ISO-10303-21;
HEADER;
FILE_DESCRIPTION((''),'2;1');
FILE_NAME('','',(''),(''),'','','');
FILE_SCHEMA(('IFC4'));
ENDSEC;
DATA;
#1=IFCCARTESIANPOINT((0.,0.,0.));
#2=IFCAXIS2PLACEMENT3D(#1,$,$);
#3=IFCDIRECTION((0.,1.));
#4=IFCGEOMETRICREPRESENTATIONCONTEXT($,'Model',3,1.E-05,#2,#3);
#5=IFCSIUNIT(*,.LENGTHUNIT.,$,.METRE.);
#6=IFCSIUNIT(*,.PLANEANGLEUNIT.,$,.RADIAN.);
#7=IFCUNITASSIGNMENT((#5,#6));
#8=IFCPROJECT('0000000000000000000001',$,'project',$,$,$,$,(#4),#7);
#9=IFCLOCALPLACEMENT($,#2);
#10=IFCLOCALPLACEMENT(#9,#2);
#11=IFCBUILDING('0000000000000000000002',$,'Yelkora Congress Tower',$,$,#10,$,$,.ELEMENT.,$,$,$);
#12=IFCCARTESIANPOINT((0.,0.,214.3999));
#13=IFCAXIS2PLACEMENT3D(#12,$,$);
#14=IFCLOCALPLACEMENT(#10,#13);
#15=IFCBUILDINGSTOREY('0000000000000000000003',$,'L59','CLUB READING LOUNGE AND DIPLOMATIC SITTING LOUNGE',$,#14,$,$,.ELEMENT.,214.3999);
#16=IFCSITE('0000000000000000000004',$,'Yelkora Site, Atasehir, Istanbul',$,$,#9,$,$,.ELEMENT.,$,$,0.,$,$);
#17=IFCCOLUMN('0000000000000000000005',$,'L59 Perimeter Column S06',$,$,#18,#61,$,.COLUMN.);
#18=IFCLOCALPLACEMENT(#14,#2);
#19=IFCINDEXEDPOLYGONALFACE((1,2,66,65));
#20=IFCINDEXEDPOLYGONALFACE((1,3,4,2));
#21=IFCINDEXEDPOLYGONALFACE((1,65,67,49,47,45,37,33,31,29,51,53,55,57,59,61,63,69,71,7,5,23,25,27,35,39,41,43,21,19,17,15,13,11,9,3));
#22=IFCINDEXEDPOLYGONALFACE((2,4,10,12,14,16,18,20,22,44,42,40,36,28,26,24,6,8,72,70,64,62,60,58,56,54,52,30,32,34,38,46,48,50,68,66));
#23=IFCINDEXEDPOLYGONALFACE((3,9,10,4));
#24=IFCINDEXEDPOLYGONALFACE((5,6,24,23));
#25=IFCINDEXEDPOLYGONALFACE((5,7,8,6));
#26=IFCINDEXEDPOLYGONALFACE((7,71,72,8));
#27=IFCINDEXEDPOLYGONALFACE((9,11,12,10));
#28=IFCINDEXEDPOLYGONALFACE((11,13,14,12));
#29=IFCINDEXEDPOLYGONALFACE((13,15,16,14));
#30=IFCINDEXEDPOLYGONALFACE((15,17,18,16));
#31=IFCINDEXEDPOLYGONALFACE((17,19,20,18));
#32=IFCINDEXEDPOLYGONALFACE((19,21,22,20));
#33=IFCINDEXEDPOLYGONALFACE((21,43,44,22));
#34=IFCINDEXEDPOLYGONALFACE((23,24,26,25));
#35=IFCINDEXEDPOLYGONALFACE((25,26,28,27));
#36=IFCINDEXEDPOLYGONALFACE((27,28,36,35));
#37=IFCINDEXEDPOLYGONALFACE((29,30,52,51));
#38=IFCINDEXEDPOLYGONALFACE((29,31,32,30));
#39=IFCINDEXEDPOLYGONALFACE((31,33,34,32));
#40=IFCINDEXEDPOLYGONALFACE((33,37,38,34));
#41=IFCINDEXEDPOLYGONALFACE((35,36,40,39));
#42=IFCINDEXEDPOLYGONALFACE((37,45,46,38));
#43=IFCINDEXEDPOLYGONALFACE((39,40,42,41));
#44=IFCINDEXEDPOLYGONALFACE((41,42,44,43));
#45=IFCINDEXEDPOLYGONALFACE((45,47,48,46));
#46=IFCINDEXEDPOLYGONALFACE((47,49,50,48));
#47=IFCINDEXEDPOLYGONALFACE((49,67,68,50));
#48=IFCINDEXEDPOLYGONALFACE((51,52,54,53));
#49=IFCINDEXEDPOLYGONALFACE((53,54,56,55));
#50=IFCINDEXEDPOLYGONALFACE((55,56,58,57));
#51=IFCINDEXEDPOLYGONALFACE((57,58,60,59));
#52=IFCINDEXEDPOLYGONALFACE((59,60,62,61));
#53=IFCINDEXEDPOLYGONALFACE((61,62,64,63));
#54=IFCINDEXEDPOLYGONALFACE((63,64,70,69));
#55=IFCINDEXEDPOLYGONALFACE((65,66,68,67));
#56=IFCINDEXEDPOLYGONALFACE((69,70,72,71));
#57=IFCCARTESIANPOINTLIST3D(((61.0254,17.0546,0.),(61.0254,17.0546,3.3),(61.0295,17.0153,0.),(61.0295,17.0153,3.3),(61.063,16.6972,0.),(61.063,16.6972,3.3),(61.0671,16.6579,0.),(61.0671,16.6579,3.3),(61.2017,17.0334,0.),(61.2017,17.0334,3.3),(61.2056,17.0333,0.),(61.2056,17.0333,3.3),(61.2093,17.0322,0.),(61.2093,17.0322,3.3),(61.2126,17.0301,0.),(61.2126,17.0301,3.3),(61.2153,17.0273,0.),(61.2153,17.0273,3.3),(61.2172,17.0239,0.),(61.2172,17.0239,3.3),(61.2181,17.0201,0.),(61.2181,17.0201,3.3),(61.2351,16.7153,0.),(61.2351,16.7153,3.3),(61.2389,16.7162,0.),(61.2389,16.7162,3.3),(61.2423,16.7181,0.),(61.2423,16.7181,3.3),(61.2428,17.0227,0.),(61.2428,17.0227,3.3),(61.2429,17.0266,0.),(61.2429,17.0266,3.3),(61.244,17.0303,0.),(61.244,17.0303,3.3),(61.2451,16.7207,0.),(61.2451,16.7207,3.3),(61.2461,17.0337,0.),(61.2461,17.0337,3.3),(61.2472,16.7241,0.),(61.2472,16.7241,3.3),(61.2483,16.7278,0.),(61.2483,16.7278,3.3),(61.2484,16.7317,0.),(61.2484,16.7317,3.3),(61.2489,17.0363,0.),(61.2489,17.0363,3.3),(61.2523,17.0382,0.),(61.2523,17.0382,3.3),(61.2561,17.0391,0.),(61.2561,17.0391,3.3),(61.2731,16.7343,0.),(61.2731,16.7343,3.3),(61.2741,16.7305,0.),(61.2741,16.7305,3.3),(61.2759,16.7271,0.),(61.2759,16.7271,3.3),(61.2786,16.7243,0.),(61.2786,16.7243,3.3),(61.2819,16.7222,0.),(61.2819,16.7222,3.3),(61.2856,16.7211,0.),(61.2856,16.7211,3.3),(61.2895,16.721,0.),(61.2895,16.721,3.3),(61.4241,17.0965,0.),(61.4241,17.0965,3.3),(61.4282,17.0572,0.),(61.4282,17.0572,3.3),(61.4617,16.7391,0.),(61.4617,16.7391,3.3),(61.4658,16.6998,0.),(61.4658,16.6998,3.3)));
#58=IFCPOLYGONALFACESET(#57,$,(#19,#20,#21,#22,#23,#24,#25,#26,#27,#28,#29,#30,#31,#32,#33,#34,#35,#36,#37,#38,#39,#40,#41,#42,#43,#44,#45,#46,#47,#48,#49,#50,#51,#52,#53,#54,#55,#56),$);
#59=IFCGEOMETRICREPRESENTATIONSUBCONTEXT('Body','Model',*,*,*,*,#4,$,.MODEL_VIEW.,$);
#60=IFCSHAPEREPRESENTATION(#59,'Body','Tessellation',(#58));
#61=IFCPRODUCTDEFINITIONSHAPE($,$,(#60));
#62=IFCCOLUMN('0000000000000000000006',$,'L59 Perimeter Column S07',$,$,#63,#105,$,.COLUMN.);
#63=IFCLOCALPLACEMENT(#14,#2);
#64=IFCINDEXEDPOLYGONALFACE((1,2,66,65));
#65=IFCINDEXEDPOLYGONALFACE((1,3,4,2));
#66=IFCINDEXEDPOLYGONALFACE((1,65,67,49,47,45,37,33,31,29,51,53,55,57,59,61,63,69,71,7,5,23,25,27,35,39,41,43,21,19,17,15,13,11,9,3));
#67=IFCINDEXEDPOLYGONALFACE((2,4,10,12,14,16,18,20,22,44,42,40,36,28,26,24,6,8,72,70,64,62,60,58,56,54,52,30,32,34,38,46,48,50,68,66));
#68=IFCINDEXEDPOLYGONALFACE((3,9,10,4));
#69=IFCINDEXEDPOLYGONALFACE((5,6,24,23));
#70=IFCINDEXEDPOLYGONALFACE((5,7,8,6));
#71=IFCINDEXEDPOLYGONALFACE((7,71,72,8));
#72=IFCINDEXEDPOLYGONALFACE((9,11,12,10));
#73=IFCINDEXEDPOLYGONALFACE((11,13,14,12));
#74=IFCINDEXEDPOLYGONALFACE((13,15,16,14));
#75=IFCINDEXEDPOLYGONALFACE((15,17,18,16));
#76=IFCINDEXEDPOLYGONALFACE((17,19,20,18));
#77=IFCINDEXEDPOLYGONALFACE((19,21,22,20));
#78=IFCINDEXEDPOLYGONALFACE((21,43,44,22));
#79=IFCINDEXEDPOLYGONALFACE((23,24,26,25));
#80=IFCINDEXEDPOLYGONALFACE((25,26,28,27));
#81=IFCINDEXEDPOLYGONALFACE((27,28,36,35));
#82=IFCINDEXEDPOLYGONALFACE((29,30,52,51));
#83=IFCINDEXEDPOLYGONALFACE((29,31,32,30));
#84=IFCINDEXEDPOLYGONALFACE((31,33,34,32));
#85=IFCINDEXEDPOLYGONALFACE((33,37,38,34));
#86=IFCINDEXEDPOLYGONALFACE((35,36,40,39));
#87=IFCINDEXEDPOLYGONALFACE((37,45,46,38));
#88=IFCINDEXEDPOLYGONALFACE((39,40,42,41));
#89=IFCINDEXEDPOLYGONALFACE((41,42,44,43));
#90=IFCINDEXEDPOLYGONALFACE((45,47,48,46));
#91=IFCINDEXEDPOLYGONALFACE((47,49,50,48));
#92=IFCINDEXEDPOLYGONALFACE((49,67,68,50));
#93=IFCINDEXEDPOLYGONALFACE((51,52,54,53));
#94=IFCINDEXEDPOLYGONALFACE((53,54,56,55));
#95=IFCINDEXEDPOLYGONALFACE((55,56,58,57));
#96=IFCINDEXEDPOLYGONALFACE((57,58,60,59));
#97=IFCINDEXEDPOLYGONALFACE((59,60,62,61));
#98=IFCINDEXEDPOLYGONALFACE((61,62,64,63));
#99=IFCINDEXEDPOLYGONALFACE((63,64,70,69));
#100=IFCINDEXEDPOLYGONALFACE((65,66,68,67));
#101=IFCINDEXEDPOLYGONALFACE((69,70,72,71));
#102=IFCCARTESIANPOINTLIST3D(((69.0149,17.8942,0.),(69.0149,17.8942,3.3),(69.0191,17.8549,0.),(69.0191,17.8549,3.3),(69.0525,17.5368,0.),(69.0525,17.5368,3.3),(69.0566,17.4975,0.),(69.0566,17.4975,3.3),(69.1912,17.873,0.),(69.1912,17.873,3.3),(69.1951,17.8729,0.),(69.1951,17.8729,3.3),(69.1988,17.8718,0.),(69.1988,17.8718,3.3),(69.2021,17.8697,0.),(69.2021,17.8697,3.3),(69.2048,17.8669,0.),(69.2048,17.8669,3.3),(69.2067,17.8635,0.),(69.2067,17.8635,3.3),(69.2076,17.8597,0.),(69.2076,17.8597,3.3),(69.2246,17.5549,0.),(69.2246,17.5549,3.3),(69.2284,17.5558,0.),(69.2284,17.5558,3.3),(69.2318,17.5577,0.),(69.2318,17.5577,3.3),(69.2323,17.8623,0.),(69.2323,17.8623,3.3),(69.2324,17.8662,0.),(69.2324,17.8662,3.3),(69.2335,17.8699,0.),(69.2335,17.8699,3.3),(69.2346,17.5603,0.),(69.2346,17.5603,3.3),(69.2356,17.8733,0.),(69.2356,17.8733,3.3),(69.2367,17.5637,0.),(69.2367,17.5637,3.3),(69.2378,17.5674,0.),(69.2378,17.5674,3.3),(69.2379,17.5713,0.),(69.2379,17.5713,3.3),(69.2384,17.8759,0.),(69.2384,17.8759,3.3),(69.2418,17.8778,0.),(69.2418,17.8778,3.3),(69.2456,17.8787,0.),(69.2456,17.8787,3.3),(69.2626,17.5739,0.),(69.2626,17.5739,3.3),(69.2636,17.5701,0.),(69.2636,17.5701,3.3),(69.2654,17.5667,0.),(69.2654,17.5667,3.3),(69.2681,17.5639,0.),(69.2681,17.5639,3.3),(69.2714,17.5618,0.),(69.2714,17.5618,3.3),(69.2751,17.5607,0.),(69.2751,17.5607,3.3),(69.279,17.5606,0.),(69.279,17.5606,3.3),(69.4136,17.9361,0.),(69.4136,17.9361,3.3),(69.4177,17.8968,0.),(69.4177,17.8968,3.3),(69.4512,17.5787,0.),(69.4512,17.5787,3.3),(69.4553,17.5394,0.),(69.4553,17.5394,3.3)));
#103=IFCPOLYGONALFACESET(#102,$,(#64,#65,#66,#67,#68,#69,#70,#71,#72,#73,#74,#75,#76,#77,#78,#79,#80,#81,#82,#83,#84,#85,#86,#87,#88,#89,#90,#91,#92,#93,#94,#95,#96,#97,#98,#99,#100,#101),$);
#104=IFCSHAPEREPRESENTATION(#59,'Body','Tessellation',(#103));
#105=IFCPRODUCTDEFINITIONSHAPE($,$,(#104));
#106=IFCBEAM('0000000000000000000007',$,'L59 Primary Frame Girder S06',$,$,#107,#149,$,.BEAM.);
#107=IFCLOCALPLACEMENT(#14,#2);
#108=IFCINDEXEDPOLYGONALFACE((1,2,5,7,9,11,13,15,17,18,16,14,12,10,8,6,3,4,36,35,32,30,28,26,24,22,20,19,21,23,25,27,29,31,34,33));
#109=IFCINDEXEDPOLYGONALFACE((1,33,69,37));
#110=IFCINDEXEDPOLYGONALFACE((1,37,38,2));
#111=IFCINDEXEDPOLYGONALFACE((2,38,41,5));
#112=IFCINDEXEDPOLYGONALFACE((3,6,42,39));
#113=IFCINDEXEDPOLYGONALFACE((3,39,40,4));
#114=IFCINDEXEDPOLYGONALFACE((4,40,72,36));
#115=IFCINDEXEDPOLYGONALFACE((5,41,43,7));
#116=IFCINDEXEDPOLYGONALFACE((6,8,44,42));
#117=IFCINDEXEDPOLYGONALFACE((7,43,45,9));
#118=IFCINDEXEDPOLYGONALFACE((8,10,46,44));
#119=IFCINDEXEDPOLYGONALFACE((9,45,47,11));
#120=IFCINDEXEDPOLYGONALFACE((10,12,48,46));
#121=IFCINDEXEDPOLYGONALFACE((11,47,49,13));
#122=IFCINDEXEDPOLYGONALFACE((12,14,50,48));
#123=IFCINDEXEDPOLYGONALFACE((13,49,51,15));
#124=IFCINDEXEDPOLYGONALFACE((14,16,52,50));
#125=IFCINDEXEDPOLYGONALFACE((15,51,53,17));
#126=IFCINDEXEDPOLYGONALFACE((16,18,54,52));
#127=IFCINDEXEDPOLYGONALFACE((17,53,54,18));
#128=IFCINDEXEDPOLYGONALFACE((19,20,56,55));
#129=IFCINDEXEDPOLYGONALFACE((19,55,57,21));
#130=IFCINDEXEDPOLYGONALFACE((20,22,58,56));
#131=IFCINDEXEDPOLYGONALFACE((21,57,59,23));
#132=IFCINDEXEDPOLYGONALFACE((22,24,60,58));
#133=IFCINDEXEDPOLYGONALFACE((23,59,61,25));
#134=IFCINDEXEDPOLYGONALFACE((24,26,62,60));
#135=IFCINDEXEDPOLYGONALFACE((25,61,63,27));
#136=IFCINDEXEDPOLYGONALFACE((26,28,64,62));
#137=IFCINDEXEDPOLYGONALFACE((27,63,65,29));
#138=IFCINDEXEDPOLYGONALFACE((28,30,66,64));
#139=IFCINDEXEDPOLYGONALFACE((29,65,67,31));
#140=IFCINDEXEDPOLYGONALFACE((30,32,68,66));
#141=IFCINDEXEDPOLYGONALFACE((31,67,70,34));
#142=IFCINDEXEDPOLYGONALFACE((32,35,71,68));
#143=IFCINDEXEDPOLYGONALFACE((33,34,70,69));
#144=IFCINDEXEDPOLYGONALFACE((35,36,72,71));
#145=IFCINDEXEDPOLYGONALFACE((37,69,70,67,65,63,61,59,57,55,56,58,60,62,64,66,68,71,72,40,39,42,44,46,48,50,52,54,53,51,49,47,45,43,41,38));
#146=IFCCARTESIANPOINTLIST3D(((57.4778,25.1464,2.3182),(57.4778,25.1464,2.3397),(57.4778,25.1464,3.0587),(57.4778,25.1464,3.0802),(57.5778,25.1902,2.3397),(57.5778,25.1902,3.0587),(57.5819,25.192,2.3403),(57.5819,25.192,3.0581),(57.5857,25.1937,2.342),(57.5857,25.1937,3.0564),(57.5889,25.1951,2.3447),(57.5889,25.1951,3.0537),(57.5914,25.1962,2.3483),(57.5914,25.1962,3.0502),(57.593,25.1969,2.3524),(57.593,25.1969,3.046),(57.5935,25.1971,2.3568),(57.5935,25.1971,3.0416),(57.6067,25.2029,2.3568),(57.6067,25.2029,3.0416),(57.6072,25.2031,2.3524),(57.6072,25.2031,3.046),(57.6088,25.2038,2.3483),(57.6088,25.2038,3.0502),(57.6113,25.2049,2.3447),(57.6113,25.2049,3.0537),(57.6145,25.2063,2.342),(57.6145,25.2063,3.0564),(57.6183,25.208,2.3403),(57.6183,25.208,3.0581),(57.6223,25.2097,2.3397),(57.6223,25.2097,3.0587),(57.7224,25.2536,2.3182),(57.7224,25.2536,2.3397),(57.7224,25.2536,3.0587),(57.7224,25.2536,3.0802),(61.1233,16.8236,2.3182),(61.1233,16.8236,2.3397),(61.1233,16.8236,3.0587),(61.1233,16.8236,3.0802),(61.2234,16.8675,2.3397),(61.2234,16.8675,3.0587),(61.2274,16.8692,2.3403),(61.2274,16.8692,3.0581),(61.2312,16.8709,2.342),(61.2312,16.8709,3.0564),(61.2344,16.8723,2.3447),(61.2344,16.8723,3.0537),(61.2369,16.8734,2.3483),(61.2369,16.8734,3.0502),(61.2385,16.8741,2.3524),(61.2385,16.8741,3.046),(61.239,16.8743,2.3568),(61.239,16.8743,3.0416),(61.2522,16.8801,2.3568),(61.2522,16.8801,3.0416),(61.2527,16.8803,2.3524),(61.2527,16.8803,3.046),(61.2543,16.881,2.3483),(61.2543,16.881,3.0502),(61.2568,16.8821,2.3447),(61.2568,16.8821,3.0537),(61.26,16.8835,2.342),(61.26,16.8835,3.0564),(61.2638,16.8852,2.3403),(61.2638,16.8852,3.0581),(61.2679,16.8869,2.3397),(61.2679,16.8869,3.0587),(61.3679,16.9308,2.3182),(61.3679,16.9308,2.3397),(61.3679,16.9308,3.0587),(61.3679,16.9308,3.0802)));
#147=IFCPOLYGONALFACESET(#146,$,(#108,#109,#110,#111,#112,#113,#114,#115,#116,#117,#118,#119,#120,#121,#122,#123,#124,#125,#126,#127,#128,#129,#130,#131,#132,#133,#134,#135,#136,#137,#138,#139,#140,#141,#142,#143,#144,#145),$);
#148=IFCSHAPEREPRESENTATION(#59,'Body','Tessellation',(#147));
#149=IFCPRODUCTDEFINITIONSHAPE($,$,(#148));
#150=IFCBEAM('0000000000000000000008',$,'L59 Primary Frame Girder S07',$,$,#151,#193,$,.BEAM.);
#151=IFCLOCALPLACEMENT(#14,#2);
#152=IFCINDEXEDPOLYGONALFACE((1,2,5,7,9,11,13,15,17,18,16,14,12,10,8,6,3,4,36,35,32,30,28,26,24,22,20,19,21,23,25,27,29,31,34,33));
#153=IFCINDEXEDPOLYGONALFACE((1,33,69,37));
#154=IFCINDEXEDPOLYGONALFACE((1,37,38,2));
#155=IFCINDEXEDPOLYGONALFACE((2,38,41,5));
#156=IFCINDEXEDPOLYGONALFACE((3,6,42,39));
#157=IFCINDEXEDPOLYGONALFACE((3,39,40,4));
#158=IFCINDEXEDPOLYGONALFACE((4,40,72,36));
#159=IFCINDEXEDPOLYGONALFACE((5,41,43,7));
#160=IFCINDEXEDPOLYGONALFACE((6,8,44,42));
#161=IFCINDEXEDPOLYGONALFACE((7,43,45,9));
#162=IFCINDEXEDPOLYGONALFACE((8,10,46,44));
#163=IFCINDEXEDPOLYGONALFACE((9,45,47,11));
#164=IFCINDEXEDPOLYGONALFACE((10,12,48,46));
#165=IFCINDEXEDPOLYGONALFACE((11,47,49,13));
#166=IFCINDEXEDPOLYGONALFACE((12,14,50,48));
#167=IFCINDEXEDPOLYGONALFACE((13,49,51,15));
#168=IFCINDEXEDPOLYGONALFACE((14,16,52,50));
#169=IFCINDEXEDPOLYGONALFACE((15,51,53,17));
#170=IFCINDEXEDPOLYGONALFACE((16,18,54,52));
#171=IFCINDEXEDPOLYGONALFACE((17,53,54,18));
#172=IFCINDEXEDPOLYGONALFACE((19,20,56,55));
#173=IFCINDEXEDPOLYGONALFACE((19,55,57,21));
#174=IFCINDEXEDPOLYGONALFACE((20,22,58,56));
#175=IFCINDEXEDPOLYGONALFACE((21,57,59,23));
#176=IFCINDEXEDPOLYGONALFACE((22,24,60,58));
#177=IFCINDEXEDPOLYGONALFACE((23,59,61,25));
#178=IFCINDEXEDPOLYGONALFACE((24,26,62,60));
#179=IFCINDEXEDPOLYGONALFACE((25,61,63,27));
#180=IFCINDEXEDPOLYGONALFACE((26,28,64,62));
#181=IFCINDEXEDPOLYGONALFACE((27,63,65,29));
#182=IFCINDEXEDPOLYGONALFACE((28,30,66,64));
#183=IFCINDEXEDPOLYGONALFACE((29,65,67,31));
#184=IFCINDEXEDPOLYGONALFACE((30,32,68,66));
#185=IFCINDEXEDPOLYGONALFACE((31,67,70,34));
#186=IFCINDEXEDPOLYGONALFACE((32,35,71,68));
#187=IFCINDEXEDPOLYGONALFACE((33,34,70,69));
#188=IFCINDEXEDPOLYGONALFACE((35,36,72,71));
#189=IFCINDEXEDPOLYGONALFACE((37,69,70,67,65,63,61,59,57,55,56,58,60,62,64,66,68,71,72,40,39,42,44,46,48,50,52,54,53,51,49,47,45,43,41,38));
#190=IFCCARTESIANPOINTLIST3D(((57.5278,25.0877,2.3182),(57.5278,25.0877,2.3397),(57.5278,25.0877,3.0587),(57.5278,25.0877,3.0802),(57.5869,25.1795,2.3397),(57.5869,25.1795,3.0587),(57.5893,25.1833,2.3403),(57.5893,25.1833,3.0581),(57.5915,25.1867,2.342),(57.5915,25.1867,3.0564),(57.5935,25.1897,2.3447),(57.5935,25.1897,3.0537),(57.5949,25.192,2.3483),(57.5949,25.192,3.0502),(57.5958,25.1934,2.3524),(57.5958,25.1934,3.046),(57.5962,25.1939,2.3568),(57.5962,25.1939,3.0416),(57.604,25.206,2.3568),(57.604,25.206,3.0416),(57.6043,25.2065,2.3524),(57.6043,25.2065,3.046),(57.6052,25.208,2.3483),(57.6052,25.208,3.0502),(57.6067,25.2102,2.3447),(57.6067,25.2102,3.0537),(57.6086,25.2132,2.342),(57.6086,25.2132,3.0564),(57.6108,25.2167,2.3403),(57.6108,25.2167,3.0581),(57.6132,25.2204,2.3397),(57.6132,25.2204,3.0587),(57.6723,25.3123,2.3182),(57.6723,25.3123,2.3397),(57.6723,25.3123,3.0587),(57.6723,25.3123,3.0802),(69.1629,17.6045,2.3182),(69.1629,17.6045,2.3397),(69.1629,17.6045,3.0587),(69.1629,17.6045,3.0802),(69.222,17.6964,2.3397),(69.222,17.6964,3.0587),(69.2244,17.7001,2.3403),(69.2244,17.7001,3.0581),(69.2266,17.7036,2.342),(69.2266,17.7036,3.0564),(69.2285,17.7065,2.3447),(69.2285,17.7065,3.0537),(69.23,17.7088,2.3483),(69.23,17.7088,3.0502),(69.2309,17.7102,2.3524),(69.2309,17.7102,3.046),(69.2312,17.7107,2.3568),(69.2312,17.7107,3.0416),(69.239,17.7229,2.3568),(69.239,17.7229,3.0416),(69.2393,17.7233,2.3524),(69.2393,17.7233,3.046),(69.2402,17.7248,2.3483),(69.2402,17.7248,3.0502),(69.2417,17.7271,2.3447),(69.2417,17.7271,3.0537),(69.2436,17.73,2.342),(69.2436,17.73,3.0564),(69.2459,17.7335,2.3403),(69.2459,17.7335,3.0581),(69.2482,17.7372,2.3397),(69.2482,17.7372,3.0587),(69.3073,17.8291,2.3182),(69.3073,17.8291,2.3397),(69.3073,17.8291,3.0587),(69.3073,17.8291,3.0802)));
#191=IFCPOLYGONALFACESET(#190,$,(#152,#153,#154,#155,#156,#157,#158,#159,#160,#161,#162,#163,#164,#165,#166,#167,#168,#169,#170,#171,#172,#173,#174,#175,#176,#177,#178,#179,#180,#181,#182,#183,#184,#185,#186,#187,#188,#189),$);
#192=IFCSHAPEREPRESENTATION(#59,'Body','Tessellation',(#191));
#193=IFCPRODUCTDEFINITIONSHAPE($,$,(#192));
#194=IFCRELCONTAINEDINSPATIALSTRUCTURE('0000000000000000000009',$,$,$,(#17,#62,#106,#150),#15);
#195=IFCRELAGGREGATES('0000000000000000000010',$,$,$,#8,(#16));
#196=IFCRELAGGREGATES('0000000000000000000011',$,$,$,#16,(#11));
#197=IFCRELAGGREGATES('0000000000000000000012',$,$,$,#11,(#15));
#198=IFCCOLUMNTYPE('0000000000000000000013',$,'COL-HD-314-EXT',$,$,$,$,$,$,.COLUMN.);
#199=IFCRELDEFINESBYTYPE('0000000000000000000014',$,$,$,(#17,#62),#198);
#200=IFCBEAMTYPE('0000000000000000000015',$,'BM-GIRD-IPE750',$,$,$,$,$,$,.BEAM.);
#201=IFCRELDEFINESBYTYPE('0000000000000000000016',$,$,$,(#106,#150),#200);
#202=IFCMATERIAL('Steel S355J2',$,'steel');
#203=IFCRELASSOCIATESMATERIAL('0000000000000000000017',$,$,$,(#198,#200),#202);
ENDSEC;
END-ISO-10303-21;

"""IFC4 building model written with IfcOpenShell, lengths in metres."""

from ifc_helpers import new_model, si_unit, direction, frame, origin, origin_2d, place, context, subcontext, project, spatial, i_section, extrude, material, material_profile, profile_set, type_object, element, save


model = new_model("IFC4")

# Units and contexts
model_context = context("Model", 3, precision=1e-05, world=origin(), true_north=direction((0.0, 1.0)))
body_context = subcontext(model_context, "Body", "Model", "MODEL_VIEW")
ifc_project = project(units=[si_unit("LENGTHUNIT", "METRE"), si_unit("PLANEANGLEUNIT", "RADIAN")], contexts=[model_context])

# Site, building, storey
site_placement = place(None, origin())
site = spatial("IfcSite", under=ifc_project, at=site_placement, Name="Yelkora Site, Atasehir, Istanbul", CompositionType="ELEMENT", RefElevation=0.0)
building_placement = place(site_placement, origin())
building = spatial("IfcBuilding", under=site, at=building_placement, Name="Yelkora Congress Tower", CompositionType="ELEMENT")
storey_placement = place(building_placement, frame((0.0, 0.0, 214.3999)))
storey = spatial("IfcBuildingStorey", under=building, at=storey_placement, Name="L59", Description="CLUB READING LOUNGE AND DIPLOMATIC SITTING LOUNGE", CompositionType="ELEMENT", Elevation=214.3999)

# Columns
ifc_material_1 = material(Name="Steel S355J2", Category="steel")
ifc_material_profile_1 = material_profile(ifc_material_1, i_section(OverallWidth=0.4009, OverallDepth=0.3989, WebThickness=0.0249, FlangeThickness=0.0396, FilletRadius=0.0149, at=origin_2d()), Name="HD 400x314")
ifc_profile_set_1 = profile_set([ifc_material_profile_1], Name="Steel S355J2")
column_type = type_object("IfcColumnType", Name="COL-HD-314-EXT", PredefinedType="COLUMN", material=ifc_profile_set_1)
for number, where, z_axis, x_axis, name in (
    (1, (61.2456, 16.8772, 0.0), (0.0, 0.0, 1.0), (0.994522, 0.104528, 0.0), "L59 Perimeter Column S06"),
    (2, (69.2351, 17.7168, 0.0), (0.0, 0.0, 1.0), (0.994522, 0.104528, 0.0), "L59 Perimeter Column S07"),
):
    element("IfcColumn", number, at=place(storey_placement, frame(where, z_axis=z_axis, x_axis=x_axis)), inside=storey, type_object=column_type, Name=name, PredefinedType="COLUMN", context=body_context, shape_type="SweptSolid", body=[
        extrude(i_section(OverallWidth=0.4009, OverallDepth=0.3989, WebThickness=0.0249, FlangeThickness=0.0396, FilletRadius=0.0149, at=origin_2d()), origin(), (0.0, 0.0, 1.0), 3.3),
    ])

# Beams
ifc_material_profile_2 = material_profile(ifc_material_1, i_section(OverallWidth=0.2671, OverallDepth=0.762, WebThickness=0.0144, FlangeThickness=0.0215, FilletRadius=0.0171, at=origin_2d()), Name="IPE 750x173")
ifc_profile_set_2 = profile_set([ifc_material_profile_2], Name="Steel S355J2")
beam_type_1 = type_object("IfcBeamType", Name="BM-GIRD-IPE750", PredefinedType="BEAM", material=ifc_profile_set_2)
beam_1_placement = place(storey_placement, frame((61.2456, 16.8772, 2.6992), z_axis=(-0.401216, 0.915983, 0.0), x_axis=(-0.915983, -0.401216, 0.0)))
element("IfcBeam", 3, at=beam_1_placement, inside=storey, type_object=beam_type_1, Name="L59 Primary Frame Girder S06", PredefinedType="BEAM", context=body_context, shape_type="SweptSolid", body=[
    extrude(i_section(OverallWidth=0.2671, OverallDepth=0.762, WebThickness=0.0144, FlangeThickness=0.0215, FilletRadius=0.0171, at=origin_2d()), origin(), (0.0, 0.0, 1.0), 9.0862),
])
beam_2_placement = place(storey_placement, frame((69.2351, 17.7168, 2.6992), z_axis=(-0.841063, 0.540937, 0.0), x_axis=(-0.540937, -0.841063, 0.0)))
element("IfcBeam", 4, at=beam_2_placement, inside=storey, type_object=beam_type_1, Name="L59 Primary Frame Girder S07", PredefinedType="BEAM", context=body_context, shape_type="SweptSolid", body=[
    extrude(i_section(OverallWidth=0.2671, OverallDepth=0.762, WebThickness=0.0144, FlangeThickness=0.0215, FilletRadius=0.0171, at=origin_2d()), origin(), (0.0, 0.0, 1.0), 13.8337),
])

save(model, "model.ifc")
